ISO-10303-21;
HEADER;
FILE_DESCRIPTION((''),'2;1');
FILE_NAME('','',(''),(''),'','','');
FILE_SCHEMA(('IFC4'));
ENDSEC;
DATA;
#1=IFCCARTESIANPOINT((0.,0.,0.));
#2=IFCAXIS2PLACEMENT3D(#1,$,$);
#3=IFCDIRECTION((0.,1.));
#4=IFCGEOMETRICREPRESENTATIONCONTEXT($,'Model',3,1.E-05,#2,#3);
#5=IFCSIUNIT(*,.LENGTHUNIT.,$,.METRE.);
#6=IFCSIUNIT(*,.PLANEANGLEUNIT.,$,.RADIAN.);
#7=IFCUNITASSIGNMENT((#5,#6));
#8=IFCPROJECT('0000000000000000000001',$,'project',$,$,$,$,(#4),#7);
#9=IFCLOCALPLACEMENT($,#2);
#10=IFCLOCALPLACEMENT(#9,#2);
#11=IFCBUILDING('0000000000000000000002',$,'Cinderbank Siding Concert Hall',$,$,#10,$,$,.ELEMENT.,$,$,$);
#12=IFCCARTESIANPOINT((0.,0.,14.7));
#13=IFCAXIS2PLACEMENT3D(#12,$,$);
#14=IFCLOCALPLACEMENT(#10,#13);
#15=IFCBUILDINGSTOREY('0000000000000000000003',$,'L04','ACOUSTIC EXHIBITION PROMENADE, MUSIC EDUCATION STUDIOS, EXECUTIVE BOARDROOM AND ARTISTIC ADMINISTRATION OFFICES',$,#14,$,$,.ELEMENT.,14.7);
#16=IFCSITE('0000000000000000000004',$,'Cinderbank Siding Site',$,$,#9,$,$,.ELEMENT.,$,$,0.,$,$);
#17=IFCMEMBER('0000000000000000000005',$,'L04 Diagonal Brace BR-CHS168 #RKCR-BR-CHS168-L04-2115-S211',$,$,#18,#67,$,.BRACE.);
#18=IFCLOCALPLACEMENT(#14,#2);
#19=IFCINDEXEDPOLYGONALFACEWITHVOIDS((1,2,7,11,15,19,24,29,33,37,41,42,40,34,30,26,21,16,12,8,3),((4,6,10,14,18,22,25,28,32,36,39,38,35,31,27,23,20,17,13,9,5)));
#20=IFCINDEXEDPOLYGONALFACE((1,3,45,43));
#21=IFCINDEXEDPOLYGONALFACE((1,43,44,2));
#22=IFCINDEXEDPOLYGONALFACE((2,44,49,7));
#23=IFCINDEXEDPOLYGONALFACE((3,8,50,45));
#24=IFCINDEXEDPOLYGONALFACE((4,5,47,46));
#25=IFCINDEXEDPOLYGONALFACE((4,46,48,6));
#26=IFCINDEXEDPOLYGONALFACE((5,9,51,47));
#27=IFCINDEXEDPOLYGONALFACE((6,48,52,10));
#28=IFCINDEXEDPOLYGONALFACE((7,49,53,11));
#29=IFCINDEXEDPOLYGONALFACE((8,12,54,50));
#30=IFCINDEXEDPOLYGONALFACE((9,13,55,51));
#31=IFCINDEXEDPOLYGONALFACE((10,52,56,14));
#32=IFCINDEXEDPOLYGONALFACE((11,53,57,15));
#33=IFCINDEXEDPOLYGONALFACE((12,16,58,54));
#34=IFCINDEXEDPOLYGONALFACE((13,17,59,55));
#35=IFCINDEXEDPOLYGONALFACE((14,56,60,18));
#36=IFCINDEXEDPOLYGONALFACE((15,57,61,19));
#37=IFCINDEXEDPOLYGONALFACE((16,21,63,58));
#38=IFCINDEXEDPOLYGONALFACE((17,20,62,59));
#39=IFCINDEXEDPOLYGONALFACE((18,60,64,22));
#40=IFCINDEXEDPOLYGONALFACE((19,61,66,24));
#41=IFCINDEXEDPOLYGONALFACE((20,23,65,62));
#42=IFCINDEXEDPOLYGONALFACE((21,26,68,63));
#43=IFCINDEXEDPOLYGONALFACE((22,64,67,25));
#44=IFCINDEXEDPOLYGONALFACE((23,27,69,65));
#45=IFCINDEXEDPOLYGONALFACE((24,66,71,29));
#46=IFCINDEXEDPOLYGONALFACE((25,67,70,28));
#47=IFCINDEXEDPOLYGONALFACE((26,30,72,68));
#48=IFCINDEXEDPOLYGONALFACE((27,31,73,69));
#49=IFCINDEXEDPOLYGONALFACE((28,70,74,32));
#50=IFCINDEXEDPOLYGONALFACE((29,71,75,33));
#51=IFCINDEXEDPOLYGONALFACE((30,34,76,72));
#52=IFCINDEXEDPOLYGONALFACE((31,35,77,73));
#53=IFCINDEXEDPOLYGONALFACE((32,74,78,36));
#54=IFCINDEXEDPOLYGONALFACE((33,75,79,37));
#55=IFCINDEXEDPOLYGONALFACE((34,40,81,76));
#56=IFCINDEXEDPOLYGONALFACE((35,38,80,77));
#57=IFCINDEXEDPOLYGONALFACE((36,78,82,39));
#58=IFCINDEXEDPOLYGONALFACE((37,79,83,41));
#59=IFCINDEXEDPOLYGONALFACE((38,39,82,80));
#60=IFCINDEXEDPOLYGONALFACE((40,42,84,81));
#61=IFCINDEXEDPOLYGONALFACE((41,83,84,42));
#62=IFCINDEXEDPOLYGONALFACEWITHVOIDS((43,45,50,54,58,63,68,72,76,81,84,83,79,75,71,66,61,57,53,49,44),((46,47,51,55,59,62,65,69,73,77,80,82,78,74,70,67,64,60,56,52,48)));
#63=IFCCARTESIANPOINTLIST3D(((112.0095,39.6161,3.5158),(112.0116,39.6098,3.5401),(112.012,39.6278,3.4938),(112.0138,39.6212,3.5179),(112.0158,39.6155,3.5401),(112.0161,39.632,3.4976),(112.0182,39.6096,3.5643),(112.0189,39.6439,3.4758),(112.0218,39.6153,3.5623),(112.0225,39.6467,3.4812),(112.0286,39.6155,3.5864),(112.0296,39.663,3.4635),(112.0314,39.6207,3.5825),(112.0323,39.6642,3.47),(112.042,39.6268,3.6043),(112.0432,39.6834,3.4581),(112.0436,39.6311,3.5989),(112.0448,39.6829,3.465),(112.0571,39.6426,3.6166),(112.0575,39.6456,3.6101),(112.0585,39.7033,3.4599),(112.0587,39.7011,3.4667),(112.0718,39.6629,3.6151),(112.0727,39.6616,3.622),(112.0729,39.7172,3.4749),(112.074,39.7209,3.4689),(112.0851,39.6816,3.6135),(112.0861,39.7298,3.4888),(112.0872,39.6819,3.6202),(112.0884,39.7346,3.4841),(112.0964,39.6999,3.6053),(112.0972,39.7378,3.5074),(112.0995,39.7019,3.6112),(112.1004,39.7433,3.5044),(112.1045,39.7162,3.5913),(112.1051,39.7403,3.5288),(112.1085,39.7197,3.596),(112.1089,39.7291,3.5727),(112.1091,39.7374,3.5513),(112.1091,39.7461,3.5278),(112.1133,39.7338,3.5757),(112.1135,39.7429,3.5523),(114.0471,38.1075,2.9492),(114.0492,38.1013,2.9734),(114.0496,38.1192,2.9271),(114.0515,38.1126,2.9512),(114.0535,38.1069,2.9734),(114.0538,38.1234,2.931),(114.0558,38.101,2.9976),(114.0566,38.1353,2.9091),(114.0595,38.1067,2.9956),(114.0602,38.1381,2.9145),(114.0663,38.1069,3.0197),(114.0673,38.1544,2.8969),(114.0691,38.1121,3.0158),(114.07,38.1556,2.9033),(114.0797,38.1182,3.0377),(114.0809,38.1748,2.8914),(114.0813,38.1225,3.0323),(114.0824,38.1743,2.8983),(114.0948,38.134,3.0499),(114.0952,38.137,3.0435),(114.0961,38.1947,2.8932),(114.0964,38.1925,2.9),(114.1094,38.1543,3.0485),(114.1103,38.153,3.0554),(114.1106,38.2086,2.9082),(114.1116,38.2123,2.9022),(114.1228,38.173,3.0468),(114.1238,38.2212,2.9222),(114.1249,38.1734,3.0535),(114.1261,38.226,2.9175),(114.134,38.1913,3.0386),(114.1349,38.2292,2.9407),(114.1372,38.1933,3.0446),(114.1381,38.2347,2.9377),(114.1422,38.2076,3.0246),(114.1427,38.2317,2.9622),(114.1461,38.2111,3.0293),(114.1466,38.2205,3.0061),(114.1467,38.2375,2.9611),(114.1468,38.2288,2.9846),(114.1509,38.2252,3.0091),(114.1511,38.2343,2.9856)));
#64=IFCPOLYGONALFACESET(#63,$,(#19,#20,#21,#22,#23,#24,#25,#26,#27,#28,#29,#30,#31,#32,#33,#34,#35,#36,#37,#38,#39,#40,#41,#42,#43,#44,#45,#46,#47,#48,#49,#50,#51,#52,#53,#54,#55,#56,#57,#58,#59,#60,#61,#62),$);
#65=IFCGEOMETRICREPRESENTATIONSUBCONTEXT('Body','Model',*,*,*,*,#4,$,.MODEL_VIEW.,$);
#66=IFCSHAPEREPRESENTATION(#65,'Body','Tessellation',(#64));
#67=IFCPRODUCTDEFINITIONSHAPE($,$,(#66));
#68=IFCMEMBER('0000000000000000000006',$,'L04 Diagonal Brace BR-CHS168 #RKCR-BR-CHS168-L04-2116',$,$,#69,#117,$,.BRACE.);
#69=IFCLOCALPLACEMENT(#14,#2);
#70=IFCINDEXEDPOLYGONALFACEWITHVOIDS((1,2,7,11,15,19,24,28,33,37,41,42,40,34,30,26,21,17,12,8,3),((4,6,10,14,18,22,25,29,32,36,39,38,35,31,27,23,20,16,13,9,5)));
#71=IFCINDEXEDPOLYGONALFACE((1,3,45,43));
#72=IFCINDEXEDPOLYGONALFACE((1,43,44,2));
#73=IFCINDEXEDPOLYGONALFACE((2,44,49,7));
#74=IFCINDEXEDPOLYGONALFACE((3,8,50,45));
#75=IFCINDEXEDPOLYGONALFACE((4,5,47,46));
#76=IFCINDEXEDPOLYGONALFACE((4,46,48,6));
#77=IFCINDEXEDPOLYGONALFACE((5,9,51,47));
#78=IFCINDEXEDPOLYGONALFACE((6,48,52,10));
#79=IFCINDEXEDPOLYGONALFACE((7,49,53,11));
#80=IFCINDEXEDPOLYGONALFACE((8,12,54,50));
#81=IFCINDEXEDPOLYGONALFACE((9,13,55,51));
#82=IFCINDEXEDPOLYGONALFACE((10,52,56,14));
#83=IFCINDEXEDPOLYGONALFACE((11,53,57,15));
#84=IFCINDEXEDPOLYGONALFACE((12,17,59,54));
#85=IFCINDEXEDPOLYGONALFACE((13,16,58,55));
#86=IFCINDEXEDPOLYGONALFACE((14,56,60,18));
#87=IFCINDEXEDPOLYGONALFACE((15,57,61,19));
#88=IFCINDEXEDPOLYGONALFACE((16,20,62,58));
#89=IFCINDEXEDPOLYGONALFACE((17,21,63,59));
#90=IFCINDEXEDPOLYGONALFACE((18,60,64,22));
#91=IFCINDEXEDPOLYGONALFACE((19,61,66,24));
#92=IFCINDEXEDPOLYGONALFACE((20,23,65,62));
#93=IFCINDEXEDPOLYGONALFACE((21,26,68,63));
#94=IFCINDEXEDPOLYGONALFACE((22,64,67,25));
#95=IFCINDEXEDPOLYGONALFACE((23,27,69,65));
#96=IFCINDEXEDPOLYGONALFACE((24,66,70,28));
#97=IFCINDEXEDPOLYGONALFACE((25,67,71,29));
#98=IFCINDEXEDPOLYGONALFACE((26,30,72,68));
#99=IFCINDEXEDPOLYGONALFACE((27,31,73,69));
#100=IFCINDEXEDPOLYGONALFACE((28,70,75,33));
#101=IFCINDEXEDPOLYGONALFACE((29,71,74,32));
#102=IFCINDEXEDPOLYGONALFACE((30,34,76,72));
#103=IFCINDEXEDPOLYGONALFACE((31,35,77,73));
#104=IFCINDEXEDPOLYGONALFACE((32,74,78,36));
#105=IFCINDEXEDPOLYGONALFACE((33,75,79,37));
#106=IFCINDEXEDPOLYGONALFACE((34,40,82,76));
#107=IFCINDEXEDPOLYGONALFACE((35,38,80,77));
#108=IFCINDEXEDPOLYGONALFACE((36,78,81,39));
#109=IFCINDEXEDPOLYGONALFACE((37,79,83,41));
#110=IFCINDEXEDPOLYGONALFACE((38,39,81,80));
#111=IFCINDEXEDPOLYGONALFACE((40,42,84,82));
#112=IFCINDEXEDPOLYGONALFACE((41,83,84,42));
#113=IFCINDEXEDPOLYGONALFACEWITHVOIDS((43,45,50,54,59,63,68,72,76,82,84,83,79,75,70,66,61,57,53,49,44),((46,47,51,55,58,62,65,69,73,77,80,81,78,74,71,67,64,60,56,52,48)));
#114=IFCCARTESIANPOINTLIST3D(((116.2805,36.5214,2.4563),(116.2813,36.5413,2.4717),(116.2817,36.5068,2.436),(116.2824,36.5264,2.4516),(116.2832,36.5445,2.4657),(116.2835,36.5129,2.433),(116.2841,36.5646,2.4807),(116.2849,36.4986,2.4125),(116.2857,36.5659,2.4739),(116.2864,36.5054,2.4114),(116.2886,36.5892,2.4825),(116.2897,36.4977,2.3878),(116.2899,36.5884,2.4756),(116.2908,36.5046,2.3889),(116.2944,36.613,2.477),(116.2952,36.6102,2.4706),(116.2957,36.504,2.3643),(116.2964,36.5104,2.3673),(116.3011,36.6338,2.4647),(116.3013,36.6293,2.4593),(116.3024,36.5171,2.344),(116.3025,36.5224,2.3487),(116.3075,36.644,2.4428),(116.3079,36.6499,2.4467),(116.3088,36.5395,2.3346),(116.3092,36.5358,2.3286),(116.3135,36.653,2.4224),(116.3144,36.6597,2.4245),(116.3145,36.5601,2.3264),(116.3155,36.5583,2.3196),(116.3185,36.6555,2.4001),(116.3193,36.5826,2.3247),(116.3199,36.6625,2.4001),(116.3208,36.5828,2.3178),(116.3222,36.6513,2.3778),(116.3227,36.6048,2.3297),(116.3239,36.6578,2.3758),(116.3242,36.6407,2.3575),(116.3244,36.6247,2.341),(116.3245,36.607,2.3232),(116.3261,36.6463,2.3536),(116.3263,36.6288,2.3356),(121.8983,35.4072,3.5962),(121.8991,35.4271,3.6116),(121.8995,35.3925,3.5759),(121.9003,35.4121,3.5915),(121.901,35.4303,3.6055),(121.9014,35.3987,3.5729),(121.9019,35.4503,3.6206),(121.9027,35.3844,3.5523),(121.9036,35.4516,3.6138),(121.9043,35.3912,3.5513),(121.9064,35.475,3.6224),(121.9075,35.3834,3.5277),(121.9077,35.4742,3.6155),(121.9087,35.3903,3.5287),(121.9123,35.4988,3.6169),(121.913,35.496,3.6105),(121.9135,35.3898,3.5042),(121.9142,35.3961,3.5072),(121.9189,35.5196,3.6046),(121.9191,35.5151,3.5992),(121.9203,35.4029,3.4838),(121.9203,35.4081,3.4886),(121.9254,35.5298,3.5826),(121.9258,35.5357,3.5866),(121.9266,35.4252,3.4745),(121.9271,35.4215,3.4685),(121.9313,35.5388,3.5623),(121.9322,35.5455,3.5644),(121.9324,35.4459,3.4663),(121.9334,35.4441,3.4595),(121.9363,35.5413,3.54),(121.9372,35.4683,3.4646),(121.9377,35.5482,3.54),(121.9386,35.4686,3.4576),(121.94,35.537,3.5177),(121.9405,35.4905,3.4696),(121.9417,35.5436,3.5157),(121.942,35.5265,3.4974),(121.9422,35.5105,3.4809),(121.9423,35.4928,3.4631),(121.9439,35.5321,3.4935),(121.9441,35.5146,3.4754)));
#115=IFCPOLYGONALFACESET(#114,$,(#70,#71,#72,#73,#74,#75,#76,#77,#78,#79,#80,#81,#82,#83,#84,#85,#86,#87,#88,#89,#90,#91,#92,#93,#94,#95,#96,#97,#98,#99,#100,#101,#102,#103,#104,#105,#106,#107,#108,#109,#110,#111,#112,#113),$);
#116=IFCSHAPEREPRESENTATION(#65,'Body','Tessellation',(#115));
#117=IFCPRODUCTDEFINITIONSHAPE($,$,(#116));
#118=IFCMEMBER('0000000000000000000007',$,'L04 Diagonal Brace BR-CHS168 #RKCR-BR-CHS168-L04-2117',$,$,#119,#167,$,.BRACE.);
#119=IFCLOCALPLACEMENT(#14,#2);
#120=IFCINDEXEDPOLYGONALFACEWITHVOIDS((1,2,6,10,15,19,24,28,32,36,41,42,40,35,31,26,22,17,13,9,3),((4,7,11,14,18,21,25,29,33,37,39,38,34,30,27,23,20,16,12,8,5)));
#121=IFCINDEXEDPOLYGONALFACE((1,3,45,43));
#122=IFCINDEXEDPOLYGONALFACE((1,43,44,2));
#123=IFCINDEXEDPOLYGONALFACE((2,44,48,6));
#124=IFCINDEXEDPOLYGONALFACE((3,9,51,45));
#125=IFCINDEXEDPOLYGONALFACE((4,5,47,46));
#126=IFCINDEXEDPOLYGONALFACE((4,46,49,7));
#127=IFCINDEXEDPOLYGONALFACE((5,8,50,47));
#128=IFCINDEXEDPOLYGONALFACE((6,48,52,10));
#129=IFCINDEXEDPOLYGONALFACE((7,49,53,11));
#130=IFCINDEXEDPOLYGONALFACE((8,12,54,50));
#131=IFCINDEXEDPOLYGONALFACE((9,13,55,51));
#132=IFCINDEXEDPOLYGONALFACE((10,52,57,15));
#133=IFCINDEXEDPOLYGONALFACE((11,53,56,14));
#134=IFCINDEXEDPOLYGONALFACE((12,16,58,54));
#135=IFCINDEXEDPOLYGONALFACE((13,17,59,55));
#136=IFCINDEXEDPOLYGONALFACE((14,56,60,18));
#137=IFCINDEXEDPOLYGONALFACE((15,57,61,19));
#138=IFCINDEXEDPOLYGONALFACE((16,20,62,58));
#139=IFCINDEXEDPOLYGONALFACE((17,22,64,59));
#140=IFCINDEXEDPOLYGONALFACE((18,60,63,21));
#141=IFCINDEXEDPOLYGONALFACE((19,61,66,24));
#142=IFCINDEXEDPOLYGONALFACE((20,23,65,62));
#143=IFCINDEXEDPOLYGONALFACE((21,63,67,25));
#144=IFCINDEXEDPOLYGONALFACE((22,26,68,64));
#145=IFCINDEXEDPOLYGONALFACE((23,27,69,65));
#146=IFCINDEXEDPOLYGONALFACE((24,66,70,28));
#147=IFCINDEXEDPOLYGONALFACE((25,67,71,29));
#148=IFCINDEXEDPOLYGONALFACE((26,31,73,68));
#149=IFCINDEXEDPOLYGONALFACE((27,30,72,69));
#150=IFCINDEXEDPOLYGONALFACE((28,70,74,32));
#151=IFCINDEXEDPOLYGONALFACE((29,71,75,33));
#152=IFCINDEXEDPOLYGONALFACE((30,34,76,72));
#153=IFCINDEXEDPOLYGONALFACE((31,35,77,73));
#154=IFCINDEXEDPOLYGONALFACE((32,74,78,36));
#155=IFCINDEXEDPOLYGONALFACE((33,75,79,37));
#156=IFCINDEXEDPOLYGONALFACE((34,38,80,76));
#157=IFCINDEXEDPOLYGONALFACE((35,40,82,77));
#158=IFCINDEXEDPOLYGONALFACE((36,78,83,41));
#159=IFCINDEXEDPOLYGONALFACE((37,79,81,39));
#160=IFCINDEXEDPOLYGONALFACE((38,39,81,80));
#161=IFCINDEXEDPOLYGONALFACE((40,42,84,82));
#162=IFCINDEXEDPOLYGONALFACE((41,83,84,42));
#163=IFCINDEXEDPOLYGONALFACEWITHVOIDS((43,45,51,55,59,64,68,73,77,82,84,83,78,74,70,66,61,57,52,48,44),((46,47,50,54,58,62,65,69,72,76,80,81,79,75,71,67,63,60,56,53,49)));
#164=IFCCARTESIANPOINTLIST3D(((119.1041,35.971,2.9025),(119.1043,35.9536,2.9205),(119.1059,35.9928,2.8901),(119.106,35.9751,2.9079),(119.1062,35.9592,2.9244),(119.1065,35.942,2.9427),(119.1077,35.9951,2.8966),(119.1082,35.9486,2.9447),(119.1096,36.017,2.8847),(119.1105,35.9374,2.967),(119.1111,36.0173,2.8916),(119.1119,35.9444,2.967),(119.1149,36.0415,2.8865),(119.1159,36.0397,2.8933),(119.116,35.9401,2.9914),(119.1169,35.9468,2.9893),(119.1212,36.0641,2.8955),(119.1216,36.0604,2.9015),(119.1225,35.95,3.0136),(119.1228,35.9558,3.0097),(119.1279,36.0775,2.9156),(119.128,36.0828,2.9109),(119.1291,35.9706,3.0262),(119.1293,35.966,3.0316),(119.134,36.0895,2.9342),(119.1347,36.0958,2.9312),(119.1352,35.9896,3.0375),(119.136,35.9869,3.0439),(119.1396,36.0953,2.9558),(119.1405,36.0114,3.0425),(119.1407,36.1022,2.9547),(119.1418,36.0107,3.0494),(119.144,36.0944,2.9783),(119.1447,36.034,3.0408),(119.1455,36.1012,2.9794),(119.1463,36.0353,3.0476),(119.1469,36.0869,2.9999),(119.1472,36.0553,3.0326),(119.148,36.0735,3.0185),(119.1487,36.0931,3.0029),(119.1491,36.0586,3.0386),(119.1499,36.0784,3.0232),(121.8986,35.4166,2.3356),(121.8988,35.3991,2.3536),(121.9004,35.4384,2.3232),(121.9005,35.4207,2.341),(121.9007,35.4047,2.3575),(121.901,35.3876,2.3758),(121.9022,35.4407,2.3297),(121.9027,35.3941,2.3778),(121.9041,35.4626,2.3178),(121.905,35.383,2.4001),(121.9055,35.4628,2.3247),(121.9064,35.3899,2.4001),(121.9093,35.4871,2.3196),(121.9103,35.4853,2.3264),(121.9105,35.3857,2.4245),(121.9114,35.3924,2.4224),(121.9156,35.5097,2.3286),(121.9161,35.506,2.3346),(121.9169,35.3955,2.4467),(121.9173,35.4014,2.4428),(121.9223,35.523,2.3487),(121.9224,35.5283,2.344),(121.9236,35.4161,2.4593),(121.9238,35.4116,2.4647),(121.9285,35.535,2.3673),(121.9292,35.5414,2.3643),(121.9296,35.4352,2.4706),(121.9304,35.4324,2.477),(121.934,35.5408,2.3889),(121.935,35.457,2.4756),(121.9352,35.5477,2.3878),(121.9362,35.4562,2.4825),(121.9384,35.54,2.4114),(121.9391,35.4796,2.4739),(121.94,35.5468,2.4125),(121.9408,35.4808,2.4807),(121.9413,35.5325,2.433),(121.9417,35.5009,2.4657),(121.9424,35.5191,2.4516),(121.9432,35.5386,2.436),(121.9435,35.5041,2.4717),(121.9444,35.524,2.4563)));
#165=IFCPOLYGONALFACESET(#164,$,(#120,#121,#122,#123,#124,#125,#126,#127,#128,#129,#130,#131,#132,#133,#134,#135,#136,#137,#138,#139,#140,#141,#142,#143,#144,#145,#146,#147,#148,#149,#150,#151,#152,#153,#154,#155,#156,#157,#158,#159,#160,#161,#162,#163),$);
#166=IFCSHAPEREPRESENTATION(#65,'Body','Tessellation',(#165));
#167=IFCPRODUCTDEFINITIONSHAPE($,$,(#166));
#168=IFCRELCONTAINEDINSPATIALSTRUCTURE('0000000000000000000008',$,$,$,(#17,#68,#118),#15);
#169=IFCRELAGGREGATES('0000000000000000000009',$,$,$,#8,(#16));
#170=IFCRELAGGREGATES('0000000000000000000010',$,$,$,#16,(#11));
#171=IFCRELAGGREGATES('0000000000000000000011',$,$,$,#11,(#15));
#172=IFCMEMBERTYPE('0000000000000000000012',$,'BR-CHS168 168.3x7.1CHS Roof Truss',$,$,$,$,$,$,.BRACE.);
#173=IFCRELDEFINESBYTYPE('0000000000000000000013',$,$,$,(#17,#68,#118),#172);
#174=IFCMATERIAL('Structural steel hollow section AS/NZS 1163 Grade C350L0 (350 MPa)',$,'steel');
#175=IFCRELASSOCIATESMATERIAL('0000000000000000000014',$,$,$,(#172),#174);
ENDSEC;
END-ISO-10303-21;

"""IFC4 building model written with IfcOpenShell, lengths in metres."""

from ifc_helpers import new_model, si_unit, direction, frame, origin, origin_2d, place, context, subcontext, project, spatial, hollow_circle, extrude, material, material_profile, profile_set, type_object, element, save


model = new_model("IFC4")

# Units and contexts
model_context = context("Model", 3, precision=1e-05, world=origin(), true_north=direction((0.0, 1.0)))
body_context = subcontext(model_context, "Body", "Model", "MODEL_VIEW")
ifc_project = project(units=[si_unit("LENGTHUNIT", "METRE"), si_unit("PLANEANGLEUNIT", "RADIAN")], contexts=[model_context])

# Site, building, storey
site_placement = place(None, origin())
site = spatial("IfcSite", under=ifc_project, at=site_placement, Name="Cinderbank Siding Site", CompositionType="ELEMENT", RefElevation=0.0)
building_placement = place(site_placement, origin())
building = spatial("IfcBuilding", under=site, at=building_placement, Name="Cinderbank Siding Concert Hall", CompositionType="ELEMENT")
storey_placement = place(building_placement, frame((0.0, 0.0, 14.7)))
storey = spatial("IfcBuildingStorey", under=building, at=storey_placement, Name="L04", Description="ACOUSTIC EXHIBITION PROMENADE, MUSIC EDUCATION STUDIOS, EXECUTIVE BOARDROOM AND ARTISTIC ADMINISTRATION OFFICES", CompositionType="ELEMENT", Elevation=14.7)

# Shared definitions
ifc_material_1 = material(Name="Structural steel hollow section AS/NZS 1163 Grade C350L0 (350 MPa)", Category="steel")

# Members
ifc_material_profile_1 = material_profile(ifc_material_1, hollow_circle(Radius=0.0842, WallThickness=0.0071, at=origin_2d()), Name="168.3x7.1CHS", Category="LoadBearing")
ifc_profile_set_1 = profile_set([ifc_material_profile_1], Name="Structural steel hollow section AS/NZS 1163 Grade C350L0 (350 MPa)")
member_type = type_object("IfcMemberType", Name="BR-CHS168 168.3x7.1CHS Roof Truss", PredefinedType="BRACE", material=ifc_profile_set_1)
for number, where, z_axis, x_axis, name in (
    (1, (114.0994, 38.1689, 2.9734), (-0.784353, 0.580699, 0.218126), (-0.595027, -0.803706, 0.0), "L04 Diagonal Brace BR-CHS168 #RKCR-BR-CHS168-L04-2115-S211"),
):
    element("IfcMember", number, at=place(storey_placement, frame(where, z_axis=z_axis, x_axis=x_axis)), inside=storey, type_object=member_type, Name=name, PredefinedType="BRACE", context=body_context, shape_type="SweptSolid", body=[
        extrude(hollow_circle(Radius=0.0842, WallThickness=0.0071, at=origin_2d()), origin(), (0.0, 0.0, 1.0), 2.5979),
    ])
member_1_placement = place(storey_placement, frame((116.3035, 36.5798, 2.4001), z_axis=(0.962024, -0.190808, 0.195198), x_axis=(0.19455, 0.980893, 0.0)))
element("IfcMember", 2, at=member_1_placement, inside=storey, type_object=member_type, Name="L04 Diagonal Brace BR-CHS168 #RKCR-BR-CHS168-L04-2116", PredefinedType="BRACE", context=body_context, shape_type="SweptSolid", body=[
    extrude(hollow_circle(Radius=0.0842, WallThickness=0.0071, at=origin_2d()), origin(), (0.0, 0.0, 1.0), 5.8396),
])
member_2_placement = place(storey_placement, frame((121.9214, 35.4656, 2.4001), z_axis=(-0.962018, 0.190874, 0.19516), x_axis=(-0.194616, -0.980879, 0.0)))
element("IfcMember", 3, at=member_2_placement, inside=storey, type_object=member_type, Name="L04 Diagonal Brace BR-CHS168 #RKCR-BR-CHS168-L04-2117", PredefinedType="BRACE", context=body_context, shape_type="SweptSolid", body=[
    extrude(hollow_circle(Radius=0.0842, WallThickness=0.0071, at=origin_2d()), origin(), (0.0, 0.0, 1.0), 2.9048),
])

save(model, "model.ifc")
